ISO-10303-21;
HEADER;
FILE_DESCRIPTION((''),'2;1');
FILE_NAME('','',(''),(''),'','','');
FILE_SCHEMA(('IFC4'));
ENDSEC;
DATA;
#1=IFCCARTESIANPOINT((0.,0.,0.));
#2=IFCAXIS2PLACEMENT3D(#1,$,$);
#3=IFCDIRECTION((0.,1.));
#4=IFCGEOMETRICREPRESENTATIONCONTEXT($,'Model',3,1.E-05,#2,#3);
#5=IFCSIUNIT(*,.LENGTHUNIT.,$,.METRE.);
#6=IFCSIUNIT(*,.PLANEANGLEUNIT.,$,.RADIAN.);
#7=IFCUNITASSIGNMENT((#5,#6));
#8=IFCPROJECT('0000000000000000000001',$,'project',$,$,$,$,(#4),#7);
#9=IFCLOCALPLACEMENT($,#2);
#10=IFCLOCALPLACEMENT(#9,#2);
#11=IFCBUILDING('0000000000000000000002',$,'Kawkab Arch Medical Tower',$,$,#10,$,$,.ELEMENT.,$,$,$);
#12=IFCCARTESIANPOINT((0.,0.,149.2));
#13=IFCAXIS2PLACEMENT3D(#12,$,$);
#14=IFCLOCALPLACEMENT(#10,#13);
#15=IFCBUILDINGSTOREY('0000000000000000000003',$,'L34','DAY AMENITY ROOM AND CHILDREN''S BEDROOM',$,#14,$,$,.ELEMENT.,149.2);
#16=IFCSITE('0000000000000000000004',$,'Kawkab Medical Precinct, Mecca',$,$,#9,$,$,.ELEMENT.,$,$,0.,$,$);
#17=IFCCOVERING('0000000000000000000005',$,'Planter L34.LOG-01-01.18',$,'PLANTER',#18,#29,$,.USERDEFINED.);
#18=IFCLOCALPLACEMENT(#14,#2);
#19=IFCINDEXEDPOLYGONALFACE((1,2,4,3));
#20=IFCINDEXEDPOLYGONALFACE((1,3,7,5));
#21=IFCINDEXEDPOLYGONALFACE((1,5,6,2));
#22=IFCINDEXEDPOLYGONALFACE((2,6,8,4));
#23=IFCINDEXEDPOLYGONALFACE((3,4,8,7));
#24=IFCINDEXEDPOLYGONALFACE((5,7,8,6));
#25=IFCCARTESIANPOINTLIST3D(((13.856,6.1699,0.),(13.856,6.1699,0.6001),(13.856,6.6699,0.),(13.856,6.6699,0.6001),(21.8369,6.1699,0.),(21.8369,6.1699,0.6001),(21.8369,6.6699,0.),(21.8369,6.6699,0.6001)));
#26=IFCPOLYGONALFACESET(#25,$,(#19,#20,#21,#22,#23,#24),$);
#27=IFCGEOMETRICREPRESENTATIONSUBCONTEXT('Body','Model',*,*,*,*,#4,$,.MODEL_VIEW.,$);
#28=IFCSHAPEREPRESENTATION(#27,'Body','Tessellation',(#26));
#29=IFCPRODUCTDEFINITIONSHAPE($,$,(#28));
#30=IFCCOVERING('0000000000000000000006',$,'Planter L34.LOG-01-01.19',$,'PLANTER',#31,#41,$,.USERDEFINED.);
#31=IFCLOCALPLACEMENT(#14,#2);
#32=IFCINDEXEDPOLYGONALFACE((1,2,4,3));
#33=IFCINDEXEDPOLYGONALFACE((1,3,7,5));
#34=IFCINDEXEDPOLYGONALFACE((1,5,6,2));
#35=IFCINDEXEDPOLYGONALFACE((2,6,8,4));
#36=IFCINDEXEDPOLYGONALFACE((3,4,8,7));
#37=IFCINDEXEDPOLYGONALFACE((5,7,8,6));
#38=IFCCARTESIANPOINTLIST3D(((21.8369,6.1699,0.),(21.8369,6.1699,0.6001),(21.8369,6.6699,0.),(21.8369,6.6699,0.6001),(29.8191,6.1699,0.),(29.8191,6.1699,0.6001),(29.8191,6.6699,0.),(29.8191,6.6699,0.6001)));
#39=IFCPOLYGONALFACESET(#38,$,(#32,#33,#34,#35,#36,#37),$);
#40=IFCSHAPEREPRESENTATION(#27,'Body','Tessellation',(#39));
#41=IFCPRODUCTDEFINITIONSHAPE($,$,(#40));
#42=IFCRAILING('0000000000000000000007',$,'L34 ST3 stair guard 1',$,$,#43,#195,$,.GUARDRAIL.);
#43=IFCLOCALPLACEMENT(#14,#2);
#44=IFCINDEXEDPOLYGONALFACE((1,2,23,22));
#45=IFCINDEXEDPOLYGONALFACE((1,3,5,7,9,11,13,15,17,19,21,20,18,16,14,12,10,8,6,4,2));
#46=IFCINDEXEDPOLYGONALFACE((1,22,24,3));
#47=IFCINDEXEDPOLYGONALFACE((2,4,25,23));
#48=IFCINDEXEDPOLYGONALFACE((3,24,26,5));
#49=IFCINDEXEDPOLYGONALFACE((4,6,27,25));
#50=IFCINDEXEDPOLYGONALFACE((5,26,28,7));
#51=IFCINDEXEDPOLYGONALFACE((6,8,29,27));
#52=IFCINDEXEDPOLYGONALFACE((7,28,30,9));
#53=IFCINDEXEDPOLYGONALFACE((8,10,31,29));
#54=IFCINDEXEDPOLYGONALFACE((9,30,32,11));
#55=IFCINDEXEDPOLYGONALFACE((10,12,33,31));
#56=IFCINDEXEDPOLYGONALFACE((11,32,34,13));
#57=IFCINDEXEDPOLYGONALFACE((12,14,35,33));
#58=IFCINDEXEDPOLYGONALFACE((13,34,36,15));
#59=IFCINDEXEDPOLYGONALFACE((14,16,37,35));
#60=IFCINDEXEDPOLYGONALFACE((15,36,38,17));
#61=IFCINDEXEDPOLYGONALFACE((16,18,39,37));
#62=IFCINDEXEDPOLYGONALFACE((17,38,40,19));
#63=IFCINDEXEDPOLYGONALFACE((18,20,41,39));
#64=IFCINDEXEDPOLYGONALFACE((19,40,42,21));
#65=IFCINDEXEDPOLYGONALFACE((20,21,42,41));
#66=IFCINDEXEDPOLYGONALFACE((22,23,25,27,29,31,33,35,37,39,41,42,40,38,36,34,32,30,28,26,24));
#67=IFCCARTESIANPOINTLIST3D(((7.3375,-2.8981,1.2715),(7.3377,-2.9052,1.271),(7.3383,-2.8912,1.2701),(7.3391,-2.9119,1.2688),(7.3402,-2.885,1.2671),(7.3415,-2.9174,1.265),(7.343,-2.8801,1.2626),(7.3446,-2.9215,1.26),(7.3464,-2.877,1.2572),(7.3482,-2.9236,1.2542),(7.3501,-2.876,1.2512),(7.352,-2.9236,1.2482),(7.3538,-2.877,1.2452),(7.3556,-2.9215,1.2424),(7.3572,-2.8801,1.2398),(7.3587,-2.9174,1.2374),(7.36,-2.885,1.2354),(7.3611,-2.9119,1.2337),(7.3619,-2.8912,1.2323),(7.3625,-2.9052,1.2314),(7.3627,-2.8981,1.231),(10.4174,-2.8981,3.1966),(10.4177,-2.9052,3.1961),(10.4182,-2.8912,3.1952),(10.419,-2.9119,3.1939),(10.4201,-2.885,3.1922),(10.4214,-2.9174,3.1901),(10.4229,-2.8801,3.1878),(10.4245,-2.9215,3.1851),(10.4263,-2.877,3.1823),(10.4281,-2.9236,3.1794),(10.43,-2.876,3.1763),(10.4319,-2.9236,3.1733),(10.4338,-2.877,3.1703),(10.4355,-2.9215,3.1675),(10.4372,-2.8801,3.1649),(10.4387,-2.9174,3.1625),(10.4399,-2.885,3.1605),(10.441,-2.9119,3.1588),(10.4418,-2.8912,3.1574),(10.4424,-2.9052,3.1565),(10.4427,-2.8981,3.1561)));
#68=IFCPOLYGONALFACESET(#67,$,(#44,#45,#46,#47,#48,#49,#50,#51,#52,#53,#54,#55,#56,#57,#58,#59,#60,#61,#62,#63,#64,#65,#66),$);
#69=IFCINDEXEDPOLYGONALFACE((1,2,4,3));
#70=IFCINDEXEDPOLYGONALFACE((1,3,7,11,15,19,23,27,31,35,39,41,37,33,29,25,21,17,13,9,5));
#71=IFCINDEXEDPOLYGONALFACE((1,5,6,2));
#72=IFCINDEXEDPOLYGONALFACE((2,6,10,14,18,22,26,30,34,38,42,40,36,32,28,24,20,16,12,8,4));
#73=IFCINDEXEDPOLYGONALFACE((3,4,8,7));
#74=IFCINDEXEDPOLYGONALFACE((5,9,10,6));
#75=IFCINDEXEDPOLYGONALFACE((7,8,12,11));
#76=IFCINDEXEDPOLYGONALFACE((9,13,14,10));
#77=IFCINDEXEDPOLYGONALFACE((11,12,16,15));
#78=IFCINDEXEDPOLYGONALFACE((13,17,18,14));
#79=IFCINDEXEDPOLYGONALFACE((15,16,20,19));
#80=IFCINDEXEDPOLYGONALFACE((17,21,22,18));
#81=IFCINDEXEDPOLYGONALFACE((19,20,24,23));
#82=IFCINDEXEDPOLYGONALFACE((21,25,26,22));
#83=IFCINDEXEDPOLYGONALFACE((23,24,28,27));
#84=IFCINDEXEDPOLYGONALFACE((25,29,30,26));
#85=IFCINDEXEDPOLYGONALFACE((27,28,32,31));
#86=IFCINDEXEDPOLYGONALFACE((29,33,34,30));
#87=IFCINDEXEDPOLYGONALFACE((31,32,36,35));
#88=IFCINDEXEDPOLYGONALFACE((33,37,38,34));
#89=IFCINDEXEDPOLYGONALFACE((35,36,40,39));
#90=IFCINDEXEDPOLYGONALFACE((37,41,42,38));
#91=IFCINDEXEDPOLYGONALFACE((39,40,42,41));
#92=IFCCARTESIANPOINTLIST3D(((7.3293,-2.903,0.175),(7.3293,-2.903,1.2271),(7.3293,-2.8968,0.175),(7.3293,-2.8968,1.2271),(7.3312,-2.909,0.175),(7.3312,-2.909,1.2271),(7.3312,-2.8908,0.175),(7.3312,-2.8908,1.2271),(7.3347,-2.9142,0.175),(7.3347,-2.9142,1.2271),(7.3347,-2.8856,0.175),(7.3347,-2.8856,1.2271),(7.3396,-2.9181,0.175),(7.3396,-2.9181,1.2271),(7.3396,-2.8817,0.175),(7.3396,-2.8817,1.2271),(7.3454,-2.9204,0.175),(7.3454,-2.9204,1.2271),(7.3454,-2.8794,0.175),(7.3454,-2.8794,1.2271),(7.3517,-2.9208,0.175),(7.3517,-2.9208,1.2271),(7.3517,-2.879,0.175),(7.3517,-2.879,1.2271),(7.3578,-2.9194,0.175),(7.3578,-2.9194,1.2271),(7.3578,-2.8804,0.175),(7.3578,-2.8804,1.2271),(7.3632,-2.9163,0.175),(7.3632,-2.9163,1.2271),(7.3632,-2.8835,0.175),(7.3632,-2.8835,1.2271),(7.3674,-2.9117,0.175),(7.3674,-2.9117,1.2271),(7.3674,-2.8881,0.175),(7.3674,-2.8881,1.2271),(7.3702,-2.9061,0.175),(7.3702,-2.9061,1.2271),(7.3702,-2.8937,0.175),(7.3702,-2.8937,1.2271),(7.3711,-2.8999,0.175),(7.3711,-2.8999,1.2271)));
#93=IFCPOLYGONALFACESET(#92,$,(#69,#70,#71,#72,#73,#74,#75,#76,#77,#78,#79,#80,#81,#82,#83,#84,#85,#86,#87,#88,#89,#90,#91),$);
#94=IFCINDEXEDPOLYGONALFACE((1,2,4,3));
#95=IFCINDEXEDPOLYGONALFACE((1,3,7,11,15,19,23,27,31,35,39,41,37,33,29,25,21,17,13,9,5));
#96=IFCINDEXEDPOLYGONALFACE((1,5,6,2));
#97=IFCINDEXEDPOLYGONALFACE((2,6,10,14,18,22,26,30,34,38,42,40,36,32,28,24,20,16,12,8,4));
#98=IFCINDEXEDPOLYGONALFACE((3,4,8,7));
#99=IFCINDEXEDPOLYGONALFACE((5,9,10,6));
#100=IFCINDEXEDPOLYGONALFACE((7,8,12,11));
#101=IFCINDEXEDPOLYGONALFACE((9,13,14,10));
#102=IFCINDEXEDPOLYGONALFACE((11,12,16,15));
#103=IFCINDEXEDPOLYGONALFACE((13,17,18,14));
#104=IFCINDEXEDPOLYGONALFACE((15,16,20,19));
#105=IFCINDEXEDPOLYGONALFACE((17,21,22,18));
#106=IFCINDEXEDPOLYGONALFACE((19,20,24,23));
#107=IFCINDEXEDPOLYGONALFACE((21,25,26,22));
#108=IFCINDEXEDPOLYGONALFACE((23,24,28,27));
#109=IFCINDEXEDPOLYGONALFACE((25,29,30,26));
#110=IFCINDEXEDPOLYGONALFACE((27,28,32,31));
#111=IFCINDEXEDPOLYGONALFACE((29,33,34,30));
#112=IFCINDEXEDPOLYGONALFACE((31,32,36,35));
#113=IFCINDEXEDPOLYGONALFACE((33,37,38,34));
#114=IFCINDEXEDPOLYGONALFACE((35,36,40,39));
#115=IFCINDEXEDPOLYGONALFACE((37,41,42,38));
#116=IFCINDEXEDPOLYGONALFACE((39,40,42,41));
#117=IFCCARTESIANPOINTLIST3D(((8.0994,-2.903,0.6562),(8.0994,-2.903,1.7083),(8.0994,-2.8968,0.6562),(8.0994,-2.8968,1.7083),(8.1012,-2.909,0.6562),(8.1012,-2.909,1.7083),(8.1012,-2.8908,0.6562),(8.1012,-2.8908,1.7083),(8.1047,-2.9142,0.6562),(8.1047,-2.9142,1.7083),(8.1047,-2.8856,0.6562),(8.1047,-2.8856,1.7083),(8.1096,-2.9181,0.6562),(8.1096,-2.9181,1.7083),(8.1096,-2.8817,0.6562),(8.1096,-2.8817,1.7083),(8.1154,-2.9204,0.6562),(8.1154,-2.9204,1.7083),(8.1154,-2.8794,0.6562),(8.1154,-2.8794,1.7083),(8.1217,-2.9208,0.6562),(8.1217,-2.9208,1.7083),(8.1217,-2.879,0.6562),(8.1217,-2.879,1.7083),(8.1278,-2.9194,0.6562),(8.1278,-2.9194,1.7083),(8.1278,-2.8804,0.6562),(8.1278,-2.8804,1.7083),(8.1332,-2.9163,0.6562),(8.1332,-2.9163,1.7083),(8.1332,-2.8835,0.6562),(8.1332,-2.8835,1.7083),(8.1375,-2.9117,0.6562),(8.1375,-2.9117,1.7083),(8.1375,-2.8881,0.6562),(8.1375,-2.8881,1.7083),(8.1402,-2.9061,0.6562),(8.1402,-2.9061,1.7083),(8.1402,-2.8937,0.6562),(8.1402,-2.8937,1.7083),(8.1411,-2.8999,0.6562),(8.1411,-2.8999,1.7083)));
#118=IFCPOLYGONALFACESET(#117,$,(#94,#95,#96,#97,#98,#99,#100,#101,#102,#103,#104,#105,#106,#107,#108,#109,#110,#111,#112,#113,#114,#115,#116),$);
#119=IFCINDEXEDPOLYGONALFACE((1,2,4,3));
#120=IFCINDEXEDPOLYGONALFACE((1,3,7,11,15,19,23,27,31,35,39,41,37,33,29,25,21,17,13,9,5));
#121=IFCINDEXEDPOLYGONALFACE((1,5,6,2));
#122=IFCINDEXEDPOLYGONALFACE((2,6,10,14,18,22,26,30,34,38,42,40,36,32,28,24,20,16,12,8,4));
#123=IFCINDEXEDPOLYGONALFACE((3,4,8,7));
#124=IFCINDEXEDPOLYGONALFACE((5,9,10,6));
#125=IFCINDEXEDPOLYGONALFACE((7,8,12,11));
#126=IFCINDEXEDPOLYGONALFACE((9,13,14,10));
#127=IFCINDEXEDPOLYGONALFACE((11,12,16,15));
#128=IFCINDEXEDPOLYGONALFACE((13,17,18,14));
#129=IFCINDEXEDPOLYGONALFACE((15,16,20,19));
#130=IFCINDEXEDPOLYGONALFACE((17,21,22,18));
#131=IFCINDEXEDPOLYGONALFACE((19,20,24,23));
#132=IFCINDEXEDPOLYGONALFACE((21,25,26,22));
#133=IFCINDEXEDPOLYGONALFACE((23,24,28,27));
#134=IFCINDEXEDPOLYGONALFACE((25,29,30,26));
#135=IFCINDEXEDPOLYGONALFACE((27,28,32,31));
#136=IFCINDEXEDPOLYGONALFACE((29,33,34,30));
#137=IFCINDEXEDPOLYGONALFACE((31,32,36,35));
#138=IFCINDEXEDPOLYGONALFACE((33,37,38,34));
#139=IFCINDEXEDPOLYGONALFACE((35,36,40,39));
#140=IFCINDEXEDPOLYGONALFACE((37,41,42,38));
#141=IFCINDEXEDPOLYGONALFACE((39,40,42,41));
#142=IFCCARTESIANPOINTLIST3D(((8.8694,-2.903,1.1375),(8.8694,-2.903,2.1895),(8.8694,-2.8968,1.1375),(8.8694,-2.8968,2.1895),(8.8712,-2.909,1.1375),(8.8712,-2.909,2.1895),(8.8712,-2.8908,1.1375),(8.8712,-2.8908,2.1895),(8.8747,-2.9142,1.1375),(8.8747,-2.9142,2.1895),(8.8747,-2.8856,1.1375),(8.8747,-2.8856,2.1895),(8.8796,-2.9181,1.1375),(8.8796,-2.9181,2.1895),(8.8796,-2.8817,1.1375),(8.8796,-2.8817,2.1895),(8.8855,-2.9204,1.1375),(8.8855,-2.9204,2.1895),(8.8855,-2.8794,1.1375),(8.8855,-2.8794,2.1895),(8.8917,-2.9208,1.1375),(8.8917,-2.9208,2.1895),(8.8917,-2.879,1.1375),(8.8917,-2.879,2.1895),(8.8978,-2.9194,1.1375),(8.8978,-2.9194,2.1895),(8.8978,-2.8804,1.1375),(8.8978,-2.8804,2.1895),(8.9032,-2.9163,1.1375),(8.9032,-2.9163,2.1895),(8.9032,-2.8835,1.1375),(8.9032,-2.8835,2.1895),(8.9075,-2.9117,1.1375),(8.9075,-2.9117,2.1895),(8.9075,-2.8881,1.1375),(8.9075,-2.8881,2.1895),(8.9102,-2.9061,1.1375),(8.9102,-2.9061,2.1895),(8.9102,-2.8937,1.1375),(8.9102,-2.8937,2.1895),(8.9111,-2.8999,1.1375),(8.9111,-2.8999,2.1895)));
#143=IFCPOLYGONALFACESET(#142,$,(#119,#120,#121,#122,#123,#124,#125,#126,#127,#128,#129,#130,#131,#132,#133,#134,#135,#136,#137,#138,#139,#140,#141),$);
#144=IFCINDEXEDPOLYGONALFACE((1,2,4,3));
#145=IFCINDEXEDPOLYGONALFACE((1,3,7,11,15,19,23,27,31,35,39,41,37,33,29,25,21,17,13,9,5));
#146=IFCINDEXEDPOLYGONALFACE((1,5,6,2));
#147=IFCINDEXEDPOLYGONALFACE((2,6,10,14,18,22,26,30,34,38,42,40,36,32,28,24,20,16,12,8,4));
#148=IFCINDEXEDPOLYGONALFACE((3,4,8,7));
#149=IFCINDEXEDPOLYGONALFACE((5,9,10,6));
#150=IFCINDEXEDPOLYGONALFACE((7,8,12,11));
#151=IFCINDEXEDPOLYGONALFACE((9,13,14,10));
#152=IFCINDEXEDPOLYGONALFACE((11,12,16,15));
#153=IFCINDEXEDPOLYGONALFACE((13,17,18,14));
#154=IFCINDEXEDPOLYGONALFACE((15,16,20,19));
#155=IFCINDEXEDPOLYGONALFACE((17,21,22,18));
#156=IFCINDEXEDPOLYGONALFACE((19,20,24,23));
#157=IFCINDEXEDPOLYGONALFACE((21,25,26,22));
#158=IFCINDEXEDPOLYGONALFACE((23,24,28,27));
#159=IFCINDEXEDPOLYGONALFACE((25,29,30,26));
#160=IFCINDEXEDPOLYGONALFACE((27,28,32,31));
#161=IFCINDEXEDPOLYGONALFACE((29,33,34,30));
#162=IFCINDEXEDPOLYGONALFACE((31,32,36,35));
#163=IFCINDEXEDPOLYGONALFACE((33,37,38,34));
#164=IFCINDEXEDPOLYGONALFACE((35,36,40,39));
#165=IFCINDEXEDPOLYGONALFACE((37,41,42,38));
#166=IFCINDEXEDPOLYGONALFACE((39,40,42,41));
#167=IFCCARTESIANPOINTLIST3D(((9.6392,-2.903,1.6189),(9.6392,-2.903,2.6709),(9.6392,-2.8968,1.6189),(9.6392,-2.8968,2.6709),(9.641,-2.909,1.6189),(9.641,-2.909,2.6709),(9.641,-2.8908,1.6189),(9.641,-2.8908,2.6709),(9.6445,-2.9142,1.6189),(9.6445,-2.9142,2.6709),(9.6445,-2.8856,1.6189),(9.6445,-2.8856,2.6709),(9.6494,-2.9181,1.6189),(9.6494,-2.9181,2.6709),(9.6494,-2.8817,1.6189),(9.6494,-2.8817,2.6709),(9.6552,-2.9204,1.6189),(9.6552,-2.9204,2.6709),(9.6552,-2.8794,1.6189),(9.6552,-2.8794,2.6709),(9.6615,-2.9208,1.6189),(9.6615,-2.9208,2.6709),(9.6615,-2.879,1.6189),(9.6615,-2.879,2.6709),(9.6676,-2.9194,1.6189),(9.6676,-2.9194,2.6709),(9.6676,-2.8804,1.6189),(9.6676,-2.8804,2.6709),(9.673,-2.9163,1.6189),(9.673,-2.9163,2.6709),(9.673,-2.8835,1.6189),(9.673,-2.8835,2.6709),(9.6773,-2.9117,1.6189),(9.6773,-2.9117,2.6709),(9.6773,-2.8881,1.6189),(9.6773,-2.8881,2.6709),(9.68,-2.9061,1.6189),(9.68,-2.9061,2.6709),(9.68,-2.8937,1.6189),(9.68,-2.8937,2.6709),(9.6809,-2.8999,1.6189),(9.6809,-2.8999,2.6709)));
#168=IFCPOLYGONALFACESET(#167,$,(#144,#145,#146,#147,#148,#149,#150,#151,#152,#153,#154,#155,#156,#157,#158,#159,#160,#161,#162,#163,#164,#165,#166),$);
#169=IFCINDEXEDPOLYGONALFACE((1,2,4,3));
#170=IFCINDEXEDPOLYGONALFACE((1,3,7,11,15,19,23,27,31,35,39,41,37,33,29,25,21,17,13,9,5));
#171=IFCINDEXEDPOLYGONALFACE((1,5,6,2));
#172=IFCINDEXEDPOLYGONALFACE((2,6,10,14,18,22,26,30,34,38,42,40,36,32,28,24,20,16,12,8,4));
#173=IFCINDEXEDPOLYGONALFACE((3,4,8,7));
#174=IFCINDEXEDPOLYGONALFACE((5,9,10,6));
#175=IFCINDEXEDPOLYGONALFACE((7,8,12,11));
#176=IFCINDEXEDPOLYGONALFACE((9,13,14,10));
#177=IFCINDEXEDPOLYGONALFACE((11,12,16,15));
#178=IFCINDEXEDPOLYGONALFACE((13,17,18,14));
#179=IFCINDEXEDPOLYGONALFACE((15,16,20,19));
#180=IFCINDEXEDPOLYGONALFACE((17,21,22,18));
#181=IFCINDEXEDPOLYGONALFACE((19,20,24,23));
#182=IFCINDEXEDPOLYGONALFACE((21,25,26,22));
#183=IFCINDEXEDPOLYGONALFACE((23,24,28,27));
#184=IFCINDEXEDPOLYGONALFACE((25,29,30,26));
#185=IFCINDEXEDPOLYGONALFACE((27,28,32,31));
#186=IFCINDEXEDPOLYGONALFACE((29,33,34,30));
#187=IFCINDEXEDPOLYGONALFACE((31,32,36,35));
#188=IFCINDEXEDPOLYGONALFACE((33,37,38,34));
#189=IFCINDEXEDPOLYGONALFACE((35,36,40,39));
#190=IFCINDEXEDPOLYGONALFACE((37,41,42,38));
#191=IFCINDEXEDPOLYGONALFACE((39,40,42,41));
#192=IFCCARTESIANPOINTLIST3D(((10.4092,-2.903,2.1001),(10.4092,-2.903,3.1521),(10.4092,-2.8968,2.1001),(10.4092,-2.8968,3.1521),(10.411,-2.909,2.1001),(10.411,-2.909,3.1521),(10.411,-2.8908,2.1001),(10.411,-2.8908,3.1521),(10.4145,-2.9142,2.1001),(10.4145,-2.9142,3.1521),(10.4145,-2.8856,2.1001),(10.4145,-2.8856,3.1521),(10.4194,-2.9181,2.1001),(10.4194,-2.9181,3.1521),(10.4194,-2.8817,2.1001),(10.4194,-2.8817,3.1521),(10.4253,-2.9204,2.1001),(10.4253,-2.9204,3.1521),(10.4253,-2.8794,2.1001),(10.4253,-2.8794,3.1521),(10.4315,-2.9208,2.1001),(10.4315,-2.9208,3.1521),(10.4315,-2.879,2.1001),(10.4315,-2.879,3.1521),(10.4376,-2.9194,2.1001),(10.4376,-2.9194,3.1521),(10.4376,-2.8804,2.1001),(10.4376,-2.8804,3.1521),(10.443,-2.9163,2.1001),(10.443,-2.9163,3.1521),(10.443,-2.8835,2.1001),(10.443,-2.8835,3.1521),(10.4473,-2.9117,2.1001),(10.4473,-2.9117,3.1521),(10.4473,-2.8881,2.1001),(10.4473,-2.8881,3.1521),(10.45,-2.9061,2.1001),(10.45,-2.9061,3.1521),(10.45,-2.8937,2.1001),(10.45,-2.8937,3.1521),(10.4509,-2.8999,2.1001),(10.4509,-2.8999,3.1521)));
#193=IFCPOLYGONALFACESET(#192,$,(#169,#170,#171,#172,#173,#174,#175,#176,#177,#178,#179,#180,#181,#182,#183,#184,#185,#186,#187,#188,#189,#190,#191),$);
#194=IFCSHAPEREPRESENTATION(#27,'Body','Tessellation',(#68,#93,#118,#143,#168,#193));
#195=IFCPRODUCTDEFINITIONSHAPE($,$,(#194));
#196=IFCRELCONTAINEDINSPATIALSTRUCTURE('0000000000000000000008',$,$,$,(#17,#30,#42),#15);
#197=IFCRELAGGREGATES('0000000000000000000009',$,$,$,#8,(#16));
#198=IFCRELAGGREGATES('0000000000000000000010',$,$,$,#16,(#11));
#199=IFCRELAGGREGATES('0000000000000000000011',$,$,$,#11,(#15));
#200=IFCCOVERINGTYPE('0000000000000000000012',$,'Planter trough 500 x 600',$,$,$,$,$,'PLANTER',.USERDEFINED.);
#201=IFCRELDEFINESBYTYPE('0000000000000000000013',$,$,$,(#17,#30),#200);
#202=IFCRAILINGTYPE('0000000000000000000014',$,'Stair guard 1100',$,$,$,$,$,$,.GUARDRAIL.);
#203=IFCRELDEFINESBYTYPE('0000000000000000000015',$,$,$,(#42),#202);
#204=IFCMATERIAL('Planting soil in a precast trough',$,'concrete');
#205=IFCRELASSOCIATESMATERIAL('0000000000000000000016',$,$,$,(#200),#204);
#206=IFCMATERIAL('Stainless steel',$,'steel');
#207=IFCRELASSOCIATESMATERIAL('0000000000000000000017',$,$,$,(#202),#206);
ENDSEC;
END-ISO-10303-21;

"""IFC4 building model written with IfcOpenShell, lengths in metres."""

from ifc_helpers import new_model, si_unit, direction, frame, origin, origin_2d, place, context, subcontext, project, spatial, rectangle, circle, extrude, material, material_profile, profile_set, type_object, element, save


model = new_model("IFC4")

# Units and contexts
model_context = context("Model", 3, precision=1e-05, world=origin(), true_north=direction((0.0, 1.0)))
body_context = subcontext(model_context, "Body", "Model", "MODEL_VIEW")
ifc_project = project(units=[si_unit("LENGTHUNIT", "METRE"), si_unit("PLANEANGLEUNIT", "RADIAN")], contexts=[model_context])

# Site, building, storey
site_placement = place(None, origin())
site = spatial("IfcSite", under=ifc_project, at=site_placement, Name="Kawkab Medical Precinct, Mecca", CompositionType="ELEMENT", RefElevation=0.0)
building_placement = place(site_placement, origin())
building = spatial("IfcBuilding", under=site, at=building_placement, Name="Kawkab Arch Medical Tower", CompositionType="ELEMENT")
storey_placement = place(building_placement, frame((0.0, 0.0, 149.2)))
storey = spatial("IfcBuildingStorey", under=building, at=storey_placement, Name="L34", Description="DAY AMENITY ROOM AND CHILDREN'S BEDROOM", CompositionType="ELEMENT", Elevation=149.2)

# Coverings
ifc_material_1 = material(Name="Planting soil in a precast trough", Category="concrete")
ifc_material_profile_1 = material_profile(ifc_material_1, rectangle(XDim=0.5, YDim=0.6001, at=origin_2d()), Name="Trough 500x600")
ifc_profile_set_1 = profile_set([ifc_material_profile_1], Name="Planting soil in a precast trough")
covering_type = type_object("IfcCoveringType", Name="Planter trough 500 x 600", ElementType="PLANTER", PredefinedType="USERDEFINED", material=ifc_profile_set_1)
covering_1_placement = place(storey_placement, frame((13.856, 6.4199, 0.3), z_axis=(1.0, 0.0, 0.0), x_axis=(0.0, 1.0, 0.0)))
element("IfcCovering", 1, at=covering_1_placement, inside=storey, type_object=covering_type, Name="Planter L34.LOG-01-01.18", ObjectType="PLANTER", PredefinedType="USERDEFINED", context=body_context, shape_type="SweptSolid", body=[
    extrude(rectangle(XDim=0.5, YDim=0.6001, at=origin_2d()), origin(), (0.0, 0.0, 1.0), 7.981),
])
covering_2_placement = place(storey_placement, frame((21.8369, 6.4199, 0.3), z_axis=(1.0, 0.0, 0.0), x_axis=(0.0, 1.0, 0.0)))
element("IfcCovering", 2, at=covering_2_placement, inside=storey, type_object=covering_type, Name="Planter L34.LOG-01-01.19", ObjectType="PLANTER", PredefinedType="USERDEFINED", context=body_context, shape_type="SweptSolid", body=[
    extrude(rectangle(XDim=0.5, YDim=0.6001, at=origin_2d()), origin(), (0.0, 0.0, 1.0), 7.9822),
])

# Railing
ifc_material_2 = material(Name="Stainless steel", Category="steel")
railing_type_1 = type_object("IfcRailingType", Name="Stair guard 1100", PredefinedType="GUARDRAIL", material=ifc_material_2)
railing_1_placement = place(storey_placement, frame((7.3501, -2.8999, 0.175)))
element("IfcRailing", 3, at=railing_1_placement, inside=storey, type_object=railing_type_1, Name="L34 ST3 stair guard 1", PredefinedType="GUARDRAIL", context=body_context, shape_type="SweptSolid", body=[
    extrude(circle(Radius=0.0239, at=origin_2d()), frame((0.0, 0.0, 1.0762), z_axis=(0.847979, 0.0, 0.530029), x_axis=(0.0, 1.0, 0.0)), (0.0, 0.0, 1.0), 3.6321),
    extrude(circle(Radius=0.021, at=origin_2d()), origin(), (0.0, 0.0, 1.0), 1.052),
    extrude(circle(Radius=0.021, at=origin_2d()), frame((0.77, 0.0, 0.4812)), (0.0, 0.0, 1.0), 1.052),
    extrude(circle(Radius=0.021, at=origin_2d()), frame((1.54, 0.0, 0.9624)), (0.0, 0.0, 1.0), 1.052),
    extrude(circle(Radius=0.021, at=origin_2d()), frame((2.3098, 0.0, 1.4438)), (0.0, 0.0, 1.0), 1.052),
    extrude(circle(Radius=0.021, at=origin_2d()), frame((3.0798, 0.0, 1.925)), (0.0, 0.0, 1.0), 1.052),
])

save(model, "model.ifc")
